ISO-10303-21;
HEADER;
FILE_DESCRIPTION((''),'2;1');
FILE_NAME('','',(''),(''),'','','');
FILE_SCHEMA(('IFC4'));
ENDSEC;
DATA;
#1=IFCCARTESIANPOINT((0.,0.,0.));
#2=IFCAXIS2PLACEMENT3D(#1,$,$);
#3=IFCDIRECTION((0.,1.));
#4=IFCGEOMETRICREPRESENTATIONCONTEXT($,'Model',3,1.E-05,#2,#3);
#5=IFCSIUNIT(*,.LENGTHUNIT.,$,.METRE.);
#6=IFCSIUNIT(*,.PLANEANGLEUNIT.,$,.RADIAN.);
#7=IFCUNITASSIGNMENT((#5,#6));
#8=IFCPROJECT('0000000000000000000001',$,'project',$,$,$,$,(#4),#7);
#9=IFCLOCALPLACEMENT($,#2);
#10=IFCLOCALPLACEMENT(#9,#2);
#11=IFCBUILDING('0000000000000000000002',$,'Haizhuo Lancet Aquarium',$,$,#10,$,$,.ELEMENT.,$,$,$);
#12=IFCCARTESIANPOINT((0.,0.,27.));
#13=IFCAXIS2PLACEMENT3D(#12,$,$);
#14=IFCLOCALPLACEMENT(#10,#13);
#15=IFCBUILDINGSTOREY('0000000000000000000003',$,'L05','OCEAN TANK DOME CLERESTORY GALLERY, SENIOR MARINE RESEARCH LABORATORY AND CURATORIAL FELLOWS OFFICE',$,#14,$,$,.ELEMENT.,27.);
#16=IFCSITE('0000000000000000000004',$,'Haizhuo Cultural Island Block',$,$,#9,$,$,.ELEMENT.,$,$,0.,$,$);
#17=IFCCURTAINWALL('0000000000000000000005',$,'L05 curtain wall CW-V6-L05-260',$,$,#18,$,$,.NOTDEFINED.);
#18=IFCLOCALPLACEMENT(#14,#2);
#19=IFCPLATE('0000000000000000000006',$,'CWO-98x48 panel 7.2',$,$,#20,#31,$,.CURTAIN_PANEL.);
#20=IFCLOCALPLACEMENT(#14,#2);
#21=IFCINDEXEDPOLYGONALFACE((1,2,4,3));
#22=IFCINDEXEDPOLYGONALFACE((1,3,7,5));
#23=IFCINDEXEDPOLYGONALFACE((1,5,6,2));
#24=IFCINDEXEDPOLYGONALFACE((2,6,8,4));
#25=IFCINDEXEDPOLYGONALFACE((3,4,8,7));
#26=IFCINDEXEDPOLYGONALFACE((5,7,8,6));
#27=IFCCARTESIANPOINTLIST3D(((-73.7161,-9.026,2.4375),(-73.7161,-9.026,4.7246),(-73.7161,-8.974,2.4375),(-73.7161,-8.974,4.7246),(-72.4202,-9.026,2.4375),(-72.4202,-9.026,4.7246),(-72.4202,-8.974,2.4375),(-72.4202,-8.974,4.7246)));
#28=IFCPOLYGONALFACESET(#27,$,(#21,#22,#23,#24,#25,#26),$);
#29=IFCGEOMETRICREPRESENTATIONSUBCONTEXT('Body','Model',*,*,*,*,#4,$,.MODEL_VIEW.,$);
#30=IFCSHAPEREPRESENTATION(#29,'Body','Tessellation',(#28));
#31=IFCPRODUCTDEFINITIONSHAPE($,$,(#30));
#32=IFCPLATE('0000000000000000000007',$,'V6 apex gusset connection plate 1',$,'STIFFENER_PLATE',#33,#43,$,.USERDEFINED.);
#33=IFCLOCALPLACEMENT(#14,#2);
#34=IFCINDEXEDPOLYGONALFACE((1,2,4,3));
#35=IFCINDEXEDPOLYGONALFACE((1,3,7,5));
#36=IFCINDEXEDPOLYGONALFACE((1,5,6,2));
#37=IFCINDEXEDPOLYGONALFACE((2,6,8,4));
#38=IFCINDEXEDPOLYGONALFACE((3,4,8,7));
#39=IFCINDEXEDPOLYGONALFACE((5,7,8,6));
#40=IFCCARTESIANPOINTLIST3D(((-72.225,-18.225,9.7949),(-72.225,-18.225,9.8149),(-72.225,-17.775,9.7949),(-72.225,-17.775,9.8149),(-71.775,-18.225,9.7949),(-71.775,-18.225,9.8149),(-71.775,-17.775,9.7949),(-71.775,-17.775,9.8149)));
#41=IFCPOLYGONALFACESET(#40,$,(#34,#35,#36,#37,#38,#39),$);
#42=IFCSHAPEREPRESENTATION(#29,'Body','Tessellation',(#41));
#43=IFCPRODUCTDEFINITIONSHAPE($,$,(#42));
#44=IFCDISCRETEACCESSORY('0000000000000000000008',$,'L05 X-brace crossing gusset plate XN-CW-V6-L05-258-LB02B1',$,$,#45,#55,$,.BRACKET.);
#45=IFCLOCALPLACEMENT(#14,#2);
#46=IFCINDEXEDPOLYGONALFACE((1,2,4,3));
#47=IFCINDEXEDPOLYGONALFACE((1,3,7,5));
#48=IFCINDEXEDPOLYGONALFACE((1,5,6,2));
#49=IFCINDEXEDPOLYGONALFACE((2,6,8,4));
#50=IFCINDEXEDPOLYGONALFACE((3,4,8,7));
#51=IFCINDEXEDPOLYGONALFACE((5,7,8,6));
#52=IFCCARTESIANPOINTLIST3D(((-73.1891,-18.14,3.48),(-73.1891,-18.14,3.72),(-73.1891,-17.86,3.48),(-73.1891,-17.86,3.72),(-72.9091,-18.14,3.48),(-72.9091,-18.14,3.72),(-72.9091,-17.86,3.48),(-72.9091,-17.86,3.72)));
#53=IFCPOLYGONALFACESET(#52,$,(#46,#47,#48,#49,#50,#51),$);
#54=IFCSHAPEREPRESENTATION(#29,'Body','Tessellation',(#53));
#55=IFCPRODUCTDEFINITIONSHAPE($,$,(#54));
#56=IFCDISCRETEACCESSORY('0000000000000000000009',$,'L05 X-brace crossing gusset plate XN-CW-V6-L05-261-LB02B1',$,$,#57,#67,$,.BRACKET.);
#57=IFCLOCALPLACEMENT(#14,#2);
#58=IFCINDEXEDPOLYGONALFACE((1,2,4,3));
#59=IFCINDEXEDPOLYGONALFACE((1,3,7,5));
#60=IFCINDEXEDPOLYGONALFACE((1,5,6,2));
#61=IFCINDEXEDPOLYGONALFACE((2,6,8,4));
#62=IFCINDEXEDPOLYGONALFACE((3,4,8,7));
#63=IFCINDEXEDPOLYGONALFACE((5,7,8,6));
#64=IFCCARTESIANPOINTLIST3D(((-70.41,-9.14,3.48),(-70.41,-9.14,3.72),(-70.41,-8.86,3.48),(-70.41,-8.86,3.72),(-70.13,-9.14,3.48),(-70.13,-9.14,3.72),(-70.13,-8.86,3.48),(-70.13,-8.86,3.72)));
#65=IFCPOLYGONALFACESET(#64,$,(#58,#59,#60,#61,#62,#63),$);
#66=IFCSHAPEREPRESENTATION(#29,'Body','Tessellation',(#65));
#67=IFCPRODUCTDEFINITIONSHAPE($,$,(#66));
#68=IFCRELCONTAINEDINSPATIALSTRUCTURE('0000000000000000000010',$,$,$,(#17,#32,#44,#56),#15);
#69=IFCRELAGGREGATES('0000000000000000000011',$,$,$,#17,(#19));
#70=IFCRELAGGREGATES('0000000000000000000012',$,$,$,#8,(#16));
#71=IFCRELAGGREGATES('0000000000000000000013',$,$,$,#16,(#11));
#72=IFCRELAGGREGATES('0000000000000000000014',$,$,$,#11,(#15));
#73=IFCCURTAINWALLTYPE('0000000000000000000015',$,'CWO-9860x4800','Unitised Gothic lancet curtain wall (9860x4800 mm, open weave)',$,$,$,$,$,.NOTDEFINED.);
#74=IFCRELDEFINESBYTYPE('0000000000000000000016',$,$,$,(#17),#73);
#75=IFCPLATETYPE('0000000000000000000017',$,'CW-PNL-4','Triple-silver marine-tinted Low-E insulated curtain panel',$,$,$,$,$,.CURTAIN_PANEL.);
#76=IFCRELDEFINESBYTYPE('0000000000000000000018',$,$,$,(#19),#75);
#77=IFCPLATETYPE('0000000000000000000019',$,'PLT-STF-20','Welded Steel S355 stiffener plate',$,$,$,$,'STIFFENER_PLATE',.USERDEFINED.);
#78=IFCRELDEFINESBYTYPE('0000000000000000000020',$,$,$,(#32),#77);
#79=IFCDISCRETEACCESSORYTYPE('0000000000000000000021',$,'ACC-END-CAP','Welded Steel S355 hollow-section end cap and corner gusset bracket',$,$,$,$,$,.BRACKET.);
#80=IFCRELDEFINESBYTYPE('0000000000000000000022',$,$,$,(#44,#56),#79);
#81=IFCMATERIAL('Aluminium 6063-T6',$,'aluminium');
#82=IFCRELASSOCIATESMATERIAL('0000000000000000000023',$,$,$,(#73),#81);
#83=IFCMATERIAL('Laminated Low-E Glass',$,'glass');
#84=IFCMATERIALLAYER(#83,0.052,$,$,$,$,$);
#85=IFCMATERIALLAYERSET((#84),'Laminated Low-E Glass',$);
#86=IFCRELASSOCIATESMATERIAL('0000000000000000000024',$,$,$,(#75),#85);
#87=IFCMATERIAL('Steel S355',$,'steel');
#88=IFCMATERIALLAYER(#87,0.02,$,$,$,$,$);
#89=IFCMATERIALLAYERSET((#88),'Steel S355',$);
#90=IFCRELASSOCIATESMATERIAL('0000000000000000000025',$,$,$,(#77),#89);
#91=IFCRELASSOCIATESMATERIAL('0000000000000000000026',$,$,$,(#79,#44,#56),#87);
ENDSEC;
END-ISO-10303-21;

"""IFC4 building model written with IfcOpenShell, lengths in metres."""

from ifc_helpers import new_model, si_unit, direction, frame, origin, origin_2d, place, context, subcontext, project, spatial, rectangle, extrude, material, layer, layer_set, type_object, element, aggregate, save


model = new_model("IFC4")

# Units and contexts
model_context = context("Model", 3, precision=1e-05, world=origin(), true_north=direction((0.0, 1.0)))
body_context = subcontext(model_context, "Body", "Model", "MODEL_VIEW")
ifc_project = project(units=[si_unit("LENGTHUNIT", "METRE"), si_unit("PLANEANGLEUNIT", "RADIAN")], contexts=[model_context])

# Site, building, storey
site_placement = place(None, origin())
site = spatial("IfcSite", under=ifc_project, at=site_placement, Name="Haizhuo Cultural Island Block", CompositionType="ELEMENT", RefElevation=0.0)
building_placement = place(site_placement, origin())
building = spatial("IfcBuilding", under=site, at=building_placement, Name="Haizhuo Lancet Aquarium", CompositionType="ELEMENT")
storey_placement = place(building_placement, frame((0.0, 0.0, 27.0)))
storey = spatial("IfcBuildingStorey", under=building, at=storey_placement, Name="L05", Description="OCEAN TANK DOME CLERESTORY GALLERY, SENIOR MARINE RESEARCH LABORATORY AND CURATORIAL FELLOWS OFFICE", CompositionType="ELEMENT", Elevation=27.0)

# Shared definitions
ifc_material_1 = material(Name="Steel S355", Category="steel")

# Shared definitions
ifc_material_2 = material(Name="Aluminium 6063-T6", Category="aluminium")

# Shared definitions
ifc_material_3 = material(Name="Laminated Low-E Glass", Category="glass")

# Curtain wall, plate
curtain_wall_type_1 = type_object("IfcCurtainWallType", Name="CWO-9860x4800", Description="Unitised Gothic lancet curtain wall (9860x4800 mm, open weave)", PredefinedType="NOTDEFINED", material=ifc_material_2)
curtain_wall_1_placement = place(storey_placement, origin())
curtain_wall_1 = element("IfcCurtainWall", 1, at=curtain_wall_1_placement, inside=storey, type_object=curtain_wall_type_1, Name="L05 curtain wall CW-V6-L05-260", PredefinedType="NOTDEFINED")
ifc_layer_1 = layer(ifc_material_3, 0.052)
ifc_layer_set_1 = layer_set([ifc_layer_1], Name="Laminated Low-E Glass")
plate_type_1 = type_object("IfcPlateType", Name="CW-PNL-4", Description="Triple-silver marine-tinted Low-E insulated curtain panel", PredefinedType="CURTAIN_PANEL", material=ifc_layer_set_1)
plate_1_placement = place(storey_placement, frame((-73.0681, -9.0, 2.4375), z_axis=(0.0, 0.0, 1.0), x_axis=(1.0, 0.0, 0.0)))
plate_1 = element("IfcPlate", 2, at=plate_1_placement, type_object=plate_type_1, Name="CWO-98x48 panel 7.2", PredefinedType="CURTAIN_PANEL", context=body_context, shape_type="SweptSolid", body=[
    extrude(rectangle(XDim=1.2959, YDim=0.052, at=origin_2d()), origin(), (0.0, 0.0, 1.0), 2.2871),
])
aggregate(curtain_wall_1, [plate_1])

# Plate
ifc_layer_2 = layer(ifc_material_1, 0.02)
ifc_layer_set_2 = layer_set([ifc_layer_2], Name="Steel S355")
plate_type_2 = type_object("IfcPlateType", Name="PLT-STF-20", Description="Welded Steel S355 stiffener plate", ElementType="STIFFENER_PLATE", PredefinedType="USERDEFINED", material=ifc_layer_set_2)
plate_2_placement = place(storey_placement, frame((-72.0, -18.0, 9.7949), z_axis=(0.0, 0.0, 1.0), x_axis=(1.0, 0.0, 0.0)))
element("IfcPlate", 3, at=plate_2_placement, inside=storey, type_object=plate_type_2, Name="V6 apex gusset connection plate 1", ObjectType="STIFFENER_PLATE", PredefinedType="USERDEFINED", context=body_context, shape_type="SweptSolid", body=[
    extrude(rectangle(XDim=0.45, YDim=0.45, at=origin_2d()), origin(), (0.0, 0.0, 1.0), 0.02),
])

# Discrete accessories
discrete_accessory_type = type_object("IfcDiscreteAccessoryType", Name="ACC-END-CAP", Description="Welded Steel S355 hollow-section end cap and corner gusset bracket", PredefinedType="BRACKET", material=ifc_material_1)
for number, where, z_axis, x_axis, name in (
    (4, (-73.0491, -18.0, 3.48), (0.0, 0.0, 1.0), (1.0, 0.0, 0.0), "L05 X-brace crossing gusset plate XN-CW-V6-L05-258-LB02B1"),
    (5, (-70.27, -9.0, 3.48), (0.0, 0.0, 1.0), (1.0, 0.0, 0.0), "L05 X-brace crossing gusset plate XN-CW-V6-L05-261-LB02B1"),
):
    element("IfcDiscreteAccessory", number, at=place(storey_placement, frame(where, z_axis=z_axis, x_axis=x_axis)), inside=storey, type_object=discrete_accessory_type, material=ifc_material_1, Name=name, PredefinedType="BRACKET", context=body_context, shape_type="SweptSolid", body=[
        extrude(rectangle(XDim=0.28, YDim=0.28, at=origin_2d()), origin(), (0.0, 0.0, 1.0), 0.24),
    ])

save(model, "model.ifc")
